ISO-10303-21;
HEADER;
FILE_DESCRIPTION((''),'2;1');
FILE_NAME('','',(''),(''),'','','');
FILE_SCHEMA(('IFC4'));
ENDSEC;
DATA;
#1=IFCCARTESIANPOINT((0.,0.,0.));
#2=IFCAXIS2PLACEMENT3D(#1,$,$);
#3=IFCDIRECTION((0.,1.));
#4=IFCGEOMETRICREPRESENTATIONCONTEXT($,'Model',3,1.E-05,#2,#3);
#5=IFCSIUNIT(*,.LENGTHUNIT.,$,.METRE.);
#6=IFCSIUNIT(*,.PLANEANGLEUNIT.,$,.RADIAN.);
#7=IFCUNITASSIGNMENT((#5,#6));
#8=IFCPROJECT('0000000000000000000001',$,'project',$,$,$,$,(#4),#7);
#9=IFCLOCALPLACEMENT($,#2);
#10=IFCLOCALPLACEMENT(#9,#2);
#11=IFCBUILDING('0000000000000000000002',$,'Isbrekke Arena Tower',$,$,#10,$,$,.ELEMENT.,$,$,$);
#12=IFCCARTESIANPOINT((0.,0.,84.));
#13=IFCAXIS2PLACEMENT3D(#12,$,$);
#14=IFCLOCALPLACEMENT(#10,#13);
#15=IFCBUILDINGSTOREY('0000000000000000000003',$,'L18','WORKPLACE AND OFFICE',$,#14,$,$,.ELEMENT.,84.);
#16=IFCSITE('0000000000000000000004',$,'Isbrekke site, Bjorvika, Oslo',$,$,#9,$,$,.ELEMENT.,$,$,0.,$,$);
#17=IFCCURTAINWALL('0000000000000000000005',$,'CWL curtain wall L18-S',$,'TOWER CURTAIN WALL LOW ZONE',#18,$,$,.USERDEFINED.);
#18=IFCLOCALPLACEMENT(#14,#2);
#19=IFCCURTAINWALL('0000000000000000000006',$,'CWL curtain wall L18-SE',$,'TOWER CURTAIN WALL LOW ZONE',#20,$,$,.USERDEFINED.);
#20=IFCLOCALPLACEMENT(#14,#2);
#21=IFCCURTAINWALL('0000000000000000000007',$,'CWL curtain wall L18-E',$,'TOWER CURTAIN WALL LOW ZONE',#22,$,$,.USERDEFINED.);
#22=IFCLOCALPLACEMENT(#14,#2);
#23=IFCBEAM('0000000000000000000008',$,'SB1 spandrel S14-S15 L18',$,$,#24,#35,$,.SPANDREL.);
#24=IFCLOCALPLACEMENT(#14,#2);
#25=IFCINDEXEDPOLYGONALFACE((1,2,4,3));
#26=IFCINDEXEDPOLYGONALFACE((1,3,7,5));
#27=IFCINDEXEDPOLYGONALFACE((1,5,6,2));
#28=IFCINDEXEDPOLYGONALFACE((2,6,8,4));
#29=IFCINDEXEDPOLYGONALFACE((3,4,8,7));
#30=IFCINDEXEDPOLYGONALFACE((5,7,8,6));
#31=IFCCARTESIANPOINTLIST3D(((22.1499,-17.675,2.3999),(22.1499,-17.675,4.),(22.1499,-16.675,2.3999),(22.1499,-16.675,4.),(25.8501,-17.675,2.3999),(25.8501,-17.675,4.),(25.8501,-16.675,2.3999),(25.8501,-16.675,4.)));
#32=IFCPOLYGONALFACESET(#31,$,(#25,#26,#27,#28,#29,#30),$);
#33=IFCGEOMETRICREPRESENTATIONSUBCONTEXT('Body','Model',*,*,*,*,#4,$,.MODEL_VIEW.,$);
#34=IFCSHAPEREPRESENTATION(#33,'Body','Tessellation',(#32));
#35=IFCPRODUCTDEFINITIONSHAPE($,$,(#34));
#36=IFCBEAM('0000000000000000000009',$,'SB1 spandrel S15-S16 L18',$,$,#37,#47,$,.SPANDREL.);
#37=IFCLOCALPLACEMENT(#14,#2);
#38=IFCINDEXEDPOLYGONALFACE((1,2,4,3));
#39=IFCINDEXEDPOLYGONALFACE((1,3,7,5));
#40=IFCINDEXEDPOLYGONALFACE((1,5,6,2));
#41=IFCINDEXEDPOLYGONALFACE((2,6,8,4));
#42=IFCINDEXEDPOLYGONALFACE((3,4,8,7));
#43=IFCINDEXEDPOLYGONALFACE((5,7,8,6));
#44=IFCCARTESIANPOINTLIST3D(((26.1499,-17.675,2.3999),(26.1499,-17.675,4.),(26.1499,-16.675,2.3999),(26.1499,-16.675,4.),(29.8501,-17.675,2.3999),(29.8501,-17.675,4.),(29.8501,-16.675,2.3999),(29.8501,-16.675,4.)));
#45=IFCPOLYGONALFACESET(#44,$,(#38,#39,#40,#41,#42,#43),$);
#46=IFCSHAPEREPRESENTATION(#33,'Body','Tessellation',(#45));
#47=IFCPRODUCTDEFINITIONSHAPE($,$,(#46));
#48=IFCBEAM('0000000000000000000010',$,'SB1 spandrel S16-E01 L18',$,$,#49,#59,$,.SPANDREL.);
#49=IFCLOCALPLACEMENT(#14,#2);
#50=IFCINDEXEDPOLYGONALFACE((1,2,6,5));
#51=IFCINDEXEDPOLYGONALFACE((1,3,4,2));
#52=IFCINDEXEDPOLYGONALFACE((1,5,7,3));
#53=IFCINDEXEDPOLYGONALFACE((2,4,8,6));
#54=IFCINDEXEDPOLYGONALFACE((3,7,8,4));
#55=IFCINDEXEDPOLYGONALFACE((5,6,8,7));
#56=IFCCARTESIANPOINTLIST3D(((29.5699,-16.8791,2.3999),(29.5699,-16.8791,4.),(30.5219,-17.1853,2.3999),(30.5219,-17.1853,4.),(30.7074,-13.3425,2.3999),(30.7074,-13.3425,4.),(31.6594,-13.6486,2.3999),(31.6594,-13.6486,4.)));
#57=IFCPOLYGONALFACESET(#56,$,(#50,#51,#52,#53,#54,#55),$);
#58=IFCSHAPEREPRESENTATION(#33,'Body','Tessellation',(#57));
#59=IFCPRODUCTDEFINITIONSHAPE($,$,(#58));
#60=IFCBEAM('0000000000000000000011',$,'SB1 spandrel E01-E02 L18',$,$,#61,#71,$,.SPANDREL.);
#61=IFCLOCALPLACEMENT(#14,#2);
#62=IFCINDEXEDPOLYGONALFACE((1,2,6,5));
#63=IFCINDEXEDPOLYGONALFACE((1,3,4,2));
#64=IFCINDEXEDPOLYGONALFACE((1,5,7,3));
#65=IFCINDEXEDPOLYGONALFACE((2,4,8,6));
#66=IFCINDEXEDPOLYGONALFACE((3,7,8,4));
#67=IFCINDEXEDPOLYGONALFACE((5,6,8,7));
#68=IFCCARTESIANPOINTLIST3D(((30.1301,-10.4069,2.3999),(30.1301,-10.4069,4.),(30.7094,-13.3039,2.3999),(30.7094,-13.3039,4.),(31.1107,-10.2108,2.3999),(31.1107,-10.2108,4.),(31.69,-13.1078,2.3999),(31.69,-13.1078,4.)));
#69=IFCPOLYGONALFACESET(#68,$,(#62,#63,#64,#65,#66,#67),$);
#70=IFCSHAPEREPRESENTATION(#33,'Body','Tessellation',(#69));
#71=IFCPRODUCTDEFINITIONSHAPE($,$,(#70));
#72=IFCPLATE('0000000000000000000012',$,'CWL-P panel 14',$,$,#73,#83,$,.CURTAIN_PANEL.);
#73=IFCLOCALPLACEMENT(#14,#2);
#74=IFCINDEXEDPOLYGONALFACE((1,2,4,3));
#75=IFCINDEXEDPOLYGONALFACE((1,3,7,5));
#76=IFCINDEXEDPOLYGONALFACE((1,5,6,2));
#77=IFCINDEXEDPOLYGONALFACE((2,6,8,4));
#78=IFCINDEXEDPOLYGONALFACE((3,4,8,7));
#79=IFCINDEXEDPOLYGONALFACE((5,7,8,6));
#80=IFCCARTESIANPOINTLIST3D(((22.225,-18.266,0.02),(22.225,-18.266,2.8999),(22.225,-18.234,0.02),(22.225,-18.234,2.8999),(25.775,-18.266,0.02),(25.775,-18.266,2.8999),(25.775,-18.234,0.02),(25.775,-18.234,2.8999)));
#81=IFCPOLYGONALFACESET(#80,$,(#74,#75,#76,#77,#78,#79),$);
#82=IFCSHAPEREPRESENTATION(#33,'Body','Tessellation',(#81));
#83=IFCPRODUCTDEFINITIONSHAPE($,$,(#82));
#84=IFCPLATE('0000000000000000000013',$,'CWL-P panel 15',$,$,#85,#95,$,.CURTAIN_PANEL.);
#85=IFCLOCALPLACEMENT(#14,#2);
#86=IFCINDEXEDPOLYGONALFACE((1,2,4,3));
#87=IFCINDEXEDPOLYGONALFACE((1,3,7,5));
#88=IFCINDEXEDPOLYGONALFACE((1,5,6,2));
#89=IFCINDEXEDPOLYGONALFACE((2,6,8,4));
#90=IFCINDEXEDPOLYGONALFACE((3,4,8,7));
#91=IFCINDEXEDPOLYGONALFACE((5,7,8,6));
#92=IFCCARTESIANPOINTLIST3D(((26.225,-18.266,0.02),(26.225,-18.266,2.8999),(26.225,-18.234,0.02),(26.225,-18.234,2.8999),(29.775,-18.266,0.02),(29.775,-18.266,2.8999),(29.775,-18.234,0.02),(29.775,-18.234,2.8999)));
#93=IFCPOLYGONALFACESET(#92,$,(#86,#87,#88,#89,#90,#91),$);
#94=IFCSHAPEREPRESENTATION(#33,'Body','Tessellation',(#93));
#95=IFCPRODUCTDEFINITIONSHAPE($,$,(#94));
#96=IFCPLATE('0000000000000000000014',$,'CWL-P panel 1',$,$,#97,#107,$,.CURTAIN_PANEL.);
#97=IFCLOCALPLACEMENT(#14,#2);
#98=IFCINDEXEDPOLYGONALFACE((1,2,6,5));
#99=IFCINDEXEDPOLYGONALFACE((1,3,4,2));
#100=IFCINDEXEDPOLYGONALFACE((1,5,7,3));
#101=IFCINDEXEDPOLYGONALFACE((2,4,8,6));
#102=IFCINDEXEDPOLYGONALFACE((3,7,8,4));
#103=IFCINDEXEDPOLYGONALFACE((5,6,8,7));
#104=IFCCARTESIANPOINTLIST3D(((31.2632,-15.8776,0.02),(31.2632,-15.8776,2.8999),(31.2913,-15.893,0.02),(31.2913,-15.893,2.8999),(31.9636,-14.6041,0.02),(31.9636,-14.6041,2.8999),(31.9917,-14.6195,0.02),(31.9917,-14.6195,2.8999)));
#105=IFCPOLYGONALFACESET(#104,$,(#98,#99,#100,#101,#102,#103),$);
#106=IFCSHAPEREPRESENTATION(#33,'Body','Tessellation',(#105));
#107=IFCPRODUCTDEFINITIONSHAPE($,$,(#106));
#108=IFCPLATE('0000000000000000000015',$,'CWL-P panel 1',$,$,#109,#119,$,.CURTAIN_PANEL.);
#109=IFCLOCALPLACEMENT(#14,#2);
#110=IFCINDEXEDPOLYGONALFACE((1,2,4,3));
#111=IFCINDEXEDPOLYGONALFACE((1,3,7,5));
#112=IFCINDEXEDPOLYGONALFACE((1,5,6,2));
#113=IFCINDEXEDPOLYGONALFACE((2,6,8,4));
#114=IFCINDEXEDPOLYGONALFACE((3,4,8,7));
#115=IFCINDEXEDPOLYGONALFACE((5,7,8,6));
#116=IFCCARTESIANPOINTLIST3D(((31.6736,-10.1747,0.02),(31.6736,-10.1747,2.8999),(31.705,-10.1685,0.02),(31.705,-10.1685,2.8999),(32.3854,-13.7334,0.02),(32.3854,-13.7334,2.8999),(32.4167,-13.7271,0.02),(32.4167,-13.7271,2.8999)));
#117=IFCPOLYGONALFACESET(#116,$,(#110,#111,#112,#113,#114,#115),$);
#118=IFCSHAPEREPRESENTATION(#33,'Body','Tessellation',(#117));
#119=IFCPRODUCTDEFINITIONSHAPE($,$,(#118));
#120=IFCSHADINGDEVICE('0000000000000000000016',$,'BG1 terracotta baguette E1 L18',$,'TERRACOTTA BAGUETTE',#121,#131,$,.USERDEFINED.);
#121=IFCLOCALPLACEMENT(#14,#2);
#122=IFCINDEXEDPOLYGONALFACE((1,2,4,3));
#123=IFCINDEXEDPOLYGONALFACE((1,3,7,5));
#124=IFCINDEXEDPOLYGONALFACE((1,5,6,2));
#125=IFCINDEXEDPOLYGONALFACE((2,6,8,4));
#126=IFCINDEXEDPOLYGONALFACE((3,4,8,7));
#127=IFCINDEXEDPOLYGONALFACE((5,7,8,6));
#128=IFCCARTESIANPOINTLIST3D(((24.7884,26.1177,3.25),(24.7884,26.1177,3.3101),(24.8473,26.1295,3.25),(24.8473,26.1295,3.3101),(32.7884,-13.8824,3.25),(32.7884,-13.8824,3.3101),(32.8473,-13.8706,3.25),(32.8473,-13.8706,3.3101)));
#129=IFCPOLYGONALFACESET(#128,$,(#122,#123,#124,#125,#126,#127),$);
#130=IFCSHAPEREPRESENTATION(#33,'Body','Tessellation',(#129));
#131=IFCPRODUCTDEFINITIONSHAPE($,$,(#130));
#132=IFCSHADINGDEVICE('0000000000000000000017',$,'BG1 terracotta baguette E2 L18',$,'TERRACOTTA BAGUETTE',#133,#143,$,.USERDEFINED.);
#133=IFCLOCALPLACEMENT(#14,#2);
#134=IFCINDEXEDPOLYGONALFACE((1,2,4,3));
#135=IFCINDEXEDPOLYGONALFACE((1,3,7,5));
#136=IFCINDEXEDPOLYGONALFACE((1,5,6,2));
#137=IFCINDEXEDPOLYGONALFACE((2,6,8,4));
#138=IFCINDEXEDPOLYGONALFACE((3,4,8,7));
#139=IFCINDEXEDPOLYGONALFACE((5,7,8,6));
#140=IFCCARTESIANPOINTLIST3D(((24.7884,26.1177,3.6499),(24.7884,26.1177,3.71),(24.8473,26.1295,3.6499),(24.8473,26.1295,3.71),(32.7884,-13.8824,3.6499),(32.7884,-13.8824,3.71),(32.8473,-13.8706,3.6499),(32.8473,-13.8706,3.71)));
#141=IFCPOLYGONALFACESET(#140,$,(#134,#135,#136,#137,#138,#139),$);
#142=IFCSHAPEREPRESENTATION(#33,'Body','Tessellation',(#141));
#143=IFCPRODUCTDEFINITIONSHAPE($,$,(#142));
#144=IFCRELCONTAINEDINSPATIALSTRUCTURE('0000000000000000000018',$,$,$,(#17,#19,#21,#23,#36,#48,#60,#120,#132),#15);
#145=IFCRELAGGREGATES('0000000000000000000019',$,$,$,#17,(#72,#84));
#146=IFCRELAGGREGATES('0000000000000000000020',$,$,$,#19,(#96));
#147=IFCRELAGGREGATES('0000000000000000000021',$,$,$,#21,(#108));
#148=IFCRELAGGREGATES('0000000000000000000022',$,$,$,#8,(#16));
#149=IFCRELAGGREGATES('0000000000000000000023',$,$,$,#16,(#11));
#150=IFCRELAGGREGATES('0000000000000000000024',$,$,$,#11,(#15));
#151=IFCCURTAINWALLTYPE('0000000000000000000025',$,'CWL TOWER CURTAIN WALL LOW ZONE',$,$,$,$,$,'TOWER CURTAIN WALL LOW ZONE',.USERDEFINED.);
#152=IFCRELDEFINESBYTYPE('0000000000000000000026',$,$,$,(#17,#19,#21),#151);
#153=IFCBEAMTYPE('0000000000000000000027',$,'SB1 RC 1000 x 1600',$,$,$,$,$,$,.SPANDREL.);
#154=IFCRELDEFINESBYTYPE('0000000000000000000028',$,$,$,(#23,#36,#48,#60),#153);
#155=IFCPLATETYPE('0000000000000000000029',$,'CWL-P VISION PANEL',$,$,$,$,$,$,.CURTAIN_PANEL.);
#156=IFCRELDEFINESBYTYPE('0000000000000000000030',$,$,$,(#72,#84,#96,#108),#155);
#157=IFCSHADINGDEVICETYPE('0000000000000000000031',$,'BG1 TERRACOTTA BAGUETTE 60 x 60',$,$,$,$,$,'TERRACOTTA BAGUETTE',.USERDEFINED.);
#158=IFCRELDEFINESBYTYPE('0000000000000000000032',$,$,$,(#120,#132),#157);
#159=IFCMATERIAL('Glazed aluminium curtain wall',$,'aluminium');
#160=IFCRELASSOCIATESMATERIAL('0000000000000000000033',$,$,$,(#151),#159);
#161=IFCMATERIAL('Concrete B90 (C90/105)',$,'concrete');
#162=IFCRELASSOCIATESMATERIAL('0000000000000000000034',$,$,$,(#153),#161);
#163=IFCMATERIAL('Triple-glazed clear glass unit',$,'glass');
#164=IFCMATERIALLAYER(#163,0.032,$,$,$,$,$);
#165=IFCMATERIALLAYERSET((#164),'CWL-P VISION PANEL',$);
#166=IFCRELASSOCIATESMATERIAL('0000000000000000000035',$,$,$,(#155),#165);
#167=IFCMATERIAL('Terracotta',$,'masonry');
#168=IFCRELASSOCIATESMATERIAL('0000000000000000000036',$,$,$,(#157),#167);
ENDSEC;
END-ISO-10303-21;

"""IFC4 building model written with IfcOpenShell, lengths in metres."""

from ifc_helpers import new_model, si_unit, direction, frame, origin, origin_2d, place, context, subcontext, project, spatial, rectangle, extrude, material, layer, layer_set, material_profile, profile_set, type_object, element, aggregate, save


model = new_model("IFC4")

# Units and contexts
model_context = context("Model", 3, precision=1e-05, world=origin(), true_north=direction((0.0, 1.0)))
body_context = subcontext(model_context, "Body", "Model", "MODEL_VIEW")
ifc_project = project(units=[si_unit("LENGTHUNIT", "METRE"), si_unit("PLANEANGLEUNIT", "RADIAN")], contexts=[model_context])

# Site, building, storey
site_placement = place(None, origin())
site = spatial("IfcSite", under=ifc_project, at=site_placement, Name="Isbrekke site, Bjorvika, Oslo", CompositionType="ELEMENT", RefElevation=0.0)
building_placement = place(site_placement, origin())
building = spatial("IfcBuilding", under=site, at=building_placement, Name="Isbrekke Arena Tower", CompositionType="ELEMENT")
storey_placement = place(building_placement, frame((0.0, 0.0, 84.0)))
storey = spatial("IfcBuildingStorey", under=building, at=storey_placement, Name="L18", Description="WORKPLACE AND OFFICE", CompositionType="ELEMENT", Elevation=84.0)

# Curtain walls
ifc_material_1 = material(Name="Glazed aluminium curtain wall", Category="aluminium")
curtain_wall_type = type_object("IfcCurtainWallType", Name="CWL TOWER CURTAIN WALL LOW ZONE", ElementType="TOWER CURTAIN WALL LOW ZONE", PredefinedType="USERDEFINED", material=ifc_material_1)
curtain_wall_1_placement = place(storey_placement, origin())
curtain_wall_1 = element("IfcCurtainWall", 1, at=curtain_wall_1_placement, inside=storey, type_object=curtain_wall_type, Name="CWL curtain wall L18-S", ObjectType="TOWER CURTAIN WALL LOW ZONE", PredefinedType="USERDEFINED")
curtain_wall_2_placement = place(storey_placement, origin())
curtain_wall_2 = element("IfcCurtainWall", 2, at=curtain_wall_2_placement, inside=storey, type_object=curtain_wall_type, Name="CWL curtain wall L18-SE", ObjectType="TOWER CURTAIN WALL LOW ZONE", PredefinedType="USERDEFINED")

# Curtain wall
curtain_wall_3_placement = place(storey_placement, origin())
curtain_wall_3 = element("IfcCurtainWall", 3, at=curtain_wall_3_placement, inside=storey, type_object=curtain_wall_type, Name="CWL curtain wall L18-E", ObjectType="TOWER CURTAIN WALL LOW ZONE", PredefinedType="USERDEFINED")

# Beams
ifc_material_2 = material(Name="Concrete B90 (C90/105)", Category="concrete")
ifc_material_profile_1 = material_profile(ifc_material_2, rectangle(XDim=1.0, YDim=1.6001, at=origin_2d()), Name="RC 1000x1600")
ifc_profile_set_1 = profile_set([ifc_material_profile_1], Name="Concrete B90 (C90/105)")
beam_type_1 = type_object("IfcBeamType", Name="SB1 RC 1000 x 1600", PredefinedType="SPANDREL", material=ifc_profile_set_1)
for number, where, z_axis, x_axis, name in (
    (4, (22.1499, -17.175, 3.2), (1.0, 0.0, 0.0), (0.0, 1.0, 0.0), "SB1 spandrel S14-S15 L18"),
    (5, (26.1499, -17.175, 3.2), (1.0, 0.0, 0.0), (0.0, 1.0, 0.0), "SB1 spandrel S15-S16 L18"),
):
    element("IfcBeam", number, at=place(storey_placement, frame(where, z_axis=z_axis, x_axis=x_axis)), inside=storey, type_object=beam_type_1, Name=name, PredefinedType="SPANDREL", context=body_context, shape_type="SweptSolid", body=[
        extrude(rectangle(XDim=1.0, YDim=1.6001, at=origin_2d()), origin(), (0.0, 0.0, 1.0), 3.7002),
    ])
beam_1_placement = place(storey_placement, frame((30.0459, -17.0322, 3.2), z_axis=(0.306175, 0.951975, 0.0), x_axis=(-0.951975, 0.306175, 0.0)))
element("IfcBeam", 6, at=beam_1_placement, inside=storey, type_object=beam_type_1, Name="SB1 spandrel S16-E01 L18", PredefinedType="SPANDREL", context=body_context, shape_type="SweptSolid", body=[
    extrude(rectangle(XDim=1.0, YDim=1.6001, at=origin_2d()), origin(), (0.0, 0.0, 1.0), 3.7151),
])
beam_2_placement = place(storey_placement, frame((31.1997, -13.2058, 3.2), z_axis=(-0.1961, 0.980584, 0.0), x_axis=(-0.980584, -0.1961, 0.0)))
element("IfcBeam", 7, at=beam_2_placement, inside=storey, type_object=beam_type_1, Name="SB1 spandrel E01-E02 L18", PredefinedType="SPANDREL", context=body_context, shape_type="SweptSolid", body=[
    extrude(rectangle(XDim=1.0, YDim=1.6001, at=origin_2d()), origin(), (0.0, 0.0, 1.0), 2.9543),
])

# Plates
ifc_material_3 = material(Name="Triple-glazed clear glass unit", Category="glass")
ifc_layer = layer(ifc_material_3, 0.032)
ifc_layer_set = layer_set([ifc_layer], Name="CWL-P VISION PANEL")
plate_type = type_object("IfcPlateType", Name="CWL-P VISION PANEL", PredefinedType="CURTAIN_PANEL", material=ifc_layer_set)
plate_1_placement = place(storey_placement, frame((24.0, -18.25, 0.02), z_axis=(0.0, 0.0, 1.0), x_axis=(1.0, 0.0, 0.0)))
plate_1 = element("IfcPlate", 8, at=plate_1_placement, type_object=plate_type, Name="CWL-P panel 14", PredefinedType="CURTAIN_PANEL", context=body_context, shape_type="SweptSolid", body=[
    extrude(rectangle(XDim=3.55, YDim=0.032, at=origin_2d()), origin(), (0.0, 0.0, 1.0), 2.8799),
])
plate_2_placement = place(storey_placement, frame((28.0, -18.25, 0.02), z_axis=(0.0, 0.0, 1.0), x_axis=(1.0, 0.0, 0.0)))
plate_2 = element("IfcPlate", 9, at=plate_2_placement, type_object=plate_type, Name="CWL-P panel 15", PredefinedType="CURTAIN_PANEL", context=body_context, shape_type="SweptSolid", body=[
    extrude(rectangle(XDim=3.55, YDim=0.032, at=origin_2d()), origin(), (0.0, 0.0, 1.0), 2.8799),
])
aggregate(curtain_wall_1, [plate_1, plate_2])
plate_3_placement = place(storey_placement, frame((31.6274, -15.2485, 0.02), z_axis=(0.0, 0.0, 1.0), x_axis=(0.481919, 0.876216, 0.0)))
plate_3 = element("IfcPlate", 10, at=plate_3_placement, type_object=plate_type, Name="CWL-P panel 1", PredefinedType="CURTAIN_PANEL", context=body_context, shape_type="SweptSolid", body=[
    extrude(rectangle(XDim=1.4534, YDim=0.032, at=origin_2d()), origin(), (0.0, 0.0, 1.0), 2.8799),
])
aggregate(curtain_wall_2, [plate_3])
plate_4_placement = place(storey_placement, frame((32.0452, -11.9509, 0.02), z_axis=(0.0, 0.0, 1.0), x_axis=(-0.196116, 0.980581, 0.0)))
plate_4 = element("IfcPlate", 11, at=plate_4_placement, type_object=plate_type, Name="CWL-P panel 1", PredefinedType="CURTAIN_PANEL", context=body_context, shape_type="SweptSolid", body=[
    extrude(rectangle(XDim=3.6292, YDim=0.032, at=origin_2d()), origin(), (0.0, 0.0, 1.0), 2.8799),
])
aggregate(curtain_wall_3, [plate_4])

# Shading devices
ifc_material_4 = material(Name="Terracotta", Category="masonry")
ifc_material_profile_2 = material_profile(ifc_material_4, rectangle(XDim=0.0601, YDim=0.0601, at=origin_2d()), Name="BAGUETTE 60X60")
ifc_profile_set_2 = profile_set([ifc_material_profile_2], Name="Terracotta")
shading_device_type = type_object("IfcShadingDeviceType", Name="BG1 TERRACOTTA BAGUETTE 60 x 60", ElementType="TERRACOTTA BAGUETTE", PredefinedType="USERDEFINED", material=ifc_profile_set_2)
for number, where, z_axis, x_axis, name in (
    (12, (32.8179, -13.8765, 3.28), (-0.196116, 0.980581, 0.0), (-0.980581, -0.196116, 0.0), "BG1 terracotta baguette E1 L18"),
    (13, (32.8179, -13.8765, 3.6799), (-0.196116, 0.980581, 0.0), (-0.980581, -0.196116, 0.0), "BG1 terracotta baguette E2 L18"),
):
    element("IfcShadingDevice", number, at=place(storey_placement, frame(where, z_axis=z_axis, x_axis=x_axis)), inside=storey, type_object=shading_device_type, Name=name, ObjectType="TERRACOTTA BAGUETTE", PredefinedType="USERDEFINED", context=body_context, shape_type="SweptSolid", body=[
        extrude(rectangle(XDim=0.0601, YDim=0.0601, at=origin_2d()), origin(), (0.0, 0.0, 1.0), 40.7922),
    ])

save(model, "model.ifc")
